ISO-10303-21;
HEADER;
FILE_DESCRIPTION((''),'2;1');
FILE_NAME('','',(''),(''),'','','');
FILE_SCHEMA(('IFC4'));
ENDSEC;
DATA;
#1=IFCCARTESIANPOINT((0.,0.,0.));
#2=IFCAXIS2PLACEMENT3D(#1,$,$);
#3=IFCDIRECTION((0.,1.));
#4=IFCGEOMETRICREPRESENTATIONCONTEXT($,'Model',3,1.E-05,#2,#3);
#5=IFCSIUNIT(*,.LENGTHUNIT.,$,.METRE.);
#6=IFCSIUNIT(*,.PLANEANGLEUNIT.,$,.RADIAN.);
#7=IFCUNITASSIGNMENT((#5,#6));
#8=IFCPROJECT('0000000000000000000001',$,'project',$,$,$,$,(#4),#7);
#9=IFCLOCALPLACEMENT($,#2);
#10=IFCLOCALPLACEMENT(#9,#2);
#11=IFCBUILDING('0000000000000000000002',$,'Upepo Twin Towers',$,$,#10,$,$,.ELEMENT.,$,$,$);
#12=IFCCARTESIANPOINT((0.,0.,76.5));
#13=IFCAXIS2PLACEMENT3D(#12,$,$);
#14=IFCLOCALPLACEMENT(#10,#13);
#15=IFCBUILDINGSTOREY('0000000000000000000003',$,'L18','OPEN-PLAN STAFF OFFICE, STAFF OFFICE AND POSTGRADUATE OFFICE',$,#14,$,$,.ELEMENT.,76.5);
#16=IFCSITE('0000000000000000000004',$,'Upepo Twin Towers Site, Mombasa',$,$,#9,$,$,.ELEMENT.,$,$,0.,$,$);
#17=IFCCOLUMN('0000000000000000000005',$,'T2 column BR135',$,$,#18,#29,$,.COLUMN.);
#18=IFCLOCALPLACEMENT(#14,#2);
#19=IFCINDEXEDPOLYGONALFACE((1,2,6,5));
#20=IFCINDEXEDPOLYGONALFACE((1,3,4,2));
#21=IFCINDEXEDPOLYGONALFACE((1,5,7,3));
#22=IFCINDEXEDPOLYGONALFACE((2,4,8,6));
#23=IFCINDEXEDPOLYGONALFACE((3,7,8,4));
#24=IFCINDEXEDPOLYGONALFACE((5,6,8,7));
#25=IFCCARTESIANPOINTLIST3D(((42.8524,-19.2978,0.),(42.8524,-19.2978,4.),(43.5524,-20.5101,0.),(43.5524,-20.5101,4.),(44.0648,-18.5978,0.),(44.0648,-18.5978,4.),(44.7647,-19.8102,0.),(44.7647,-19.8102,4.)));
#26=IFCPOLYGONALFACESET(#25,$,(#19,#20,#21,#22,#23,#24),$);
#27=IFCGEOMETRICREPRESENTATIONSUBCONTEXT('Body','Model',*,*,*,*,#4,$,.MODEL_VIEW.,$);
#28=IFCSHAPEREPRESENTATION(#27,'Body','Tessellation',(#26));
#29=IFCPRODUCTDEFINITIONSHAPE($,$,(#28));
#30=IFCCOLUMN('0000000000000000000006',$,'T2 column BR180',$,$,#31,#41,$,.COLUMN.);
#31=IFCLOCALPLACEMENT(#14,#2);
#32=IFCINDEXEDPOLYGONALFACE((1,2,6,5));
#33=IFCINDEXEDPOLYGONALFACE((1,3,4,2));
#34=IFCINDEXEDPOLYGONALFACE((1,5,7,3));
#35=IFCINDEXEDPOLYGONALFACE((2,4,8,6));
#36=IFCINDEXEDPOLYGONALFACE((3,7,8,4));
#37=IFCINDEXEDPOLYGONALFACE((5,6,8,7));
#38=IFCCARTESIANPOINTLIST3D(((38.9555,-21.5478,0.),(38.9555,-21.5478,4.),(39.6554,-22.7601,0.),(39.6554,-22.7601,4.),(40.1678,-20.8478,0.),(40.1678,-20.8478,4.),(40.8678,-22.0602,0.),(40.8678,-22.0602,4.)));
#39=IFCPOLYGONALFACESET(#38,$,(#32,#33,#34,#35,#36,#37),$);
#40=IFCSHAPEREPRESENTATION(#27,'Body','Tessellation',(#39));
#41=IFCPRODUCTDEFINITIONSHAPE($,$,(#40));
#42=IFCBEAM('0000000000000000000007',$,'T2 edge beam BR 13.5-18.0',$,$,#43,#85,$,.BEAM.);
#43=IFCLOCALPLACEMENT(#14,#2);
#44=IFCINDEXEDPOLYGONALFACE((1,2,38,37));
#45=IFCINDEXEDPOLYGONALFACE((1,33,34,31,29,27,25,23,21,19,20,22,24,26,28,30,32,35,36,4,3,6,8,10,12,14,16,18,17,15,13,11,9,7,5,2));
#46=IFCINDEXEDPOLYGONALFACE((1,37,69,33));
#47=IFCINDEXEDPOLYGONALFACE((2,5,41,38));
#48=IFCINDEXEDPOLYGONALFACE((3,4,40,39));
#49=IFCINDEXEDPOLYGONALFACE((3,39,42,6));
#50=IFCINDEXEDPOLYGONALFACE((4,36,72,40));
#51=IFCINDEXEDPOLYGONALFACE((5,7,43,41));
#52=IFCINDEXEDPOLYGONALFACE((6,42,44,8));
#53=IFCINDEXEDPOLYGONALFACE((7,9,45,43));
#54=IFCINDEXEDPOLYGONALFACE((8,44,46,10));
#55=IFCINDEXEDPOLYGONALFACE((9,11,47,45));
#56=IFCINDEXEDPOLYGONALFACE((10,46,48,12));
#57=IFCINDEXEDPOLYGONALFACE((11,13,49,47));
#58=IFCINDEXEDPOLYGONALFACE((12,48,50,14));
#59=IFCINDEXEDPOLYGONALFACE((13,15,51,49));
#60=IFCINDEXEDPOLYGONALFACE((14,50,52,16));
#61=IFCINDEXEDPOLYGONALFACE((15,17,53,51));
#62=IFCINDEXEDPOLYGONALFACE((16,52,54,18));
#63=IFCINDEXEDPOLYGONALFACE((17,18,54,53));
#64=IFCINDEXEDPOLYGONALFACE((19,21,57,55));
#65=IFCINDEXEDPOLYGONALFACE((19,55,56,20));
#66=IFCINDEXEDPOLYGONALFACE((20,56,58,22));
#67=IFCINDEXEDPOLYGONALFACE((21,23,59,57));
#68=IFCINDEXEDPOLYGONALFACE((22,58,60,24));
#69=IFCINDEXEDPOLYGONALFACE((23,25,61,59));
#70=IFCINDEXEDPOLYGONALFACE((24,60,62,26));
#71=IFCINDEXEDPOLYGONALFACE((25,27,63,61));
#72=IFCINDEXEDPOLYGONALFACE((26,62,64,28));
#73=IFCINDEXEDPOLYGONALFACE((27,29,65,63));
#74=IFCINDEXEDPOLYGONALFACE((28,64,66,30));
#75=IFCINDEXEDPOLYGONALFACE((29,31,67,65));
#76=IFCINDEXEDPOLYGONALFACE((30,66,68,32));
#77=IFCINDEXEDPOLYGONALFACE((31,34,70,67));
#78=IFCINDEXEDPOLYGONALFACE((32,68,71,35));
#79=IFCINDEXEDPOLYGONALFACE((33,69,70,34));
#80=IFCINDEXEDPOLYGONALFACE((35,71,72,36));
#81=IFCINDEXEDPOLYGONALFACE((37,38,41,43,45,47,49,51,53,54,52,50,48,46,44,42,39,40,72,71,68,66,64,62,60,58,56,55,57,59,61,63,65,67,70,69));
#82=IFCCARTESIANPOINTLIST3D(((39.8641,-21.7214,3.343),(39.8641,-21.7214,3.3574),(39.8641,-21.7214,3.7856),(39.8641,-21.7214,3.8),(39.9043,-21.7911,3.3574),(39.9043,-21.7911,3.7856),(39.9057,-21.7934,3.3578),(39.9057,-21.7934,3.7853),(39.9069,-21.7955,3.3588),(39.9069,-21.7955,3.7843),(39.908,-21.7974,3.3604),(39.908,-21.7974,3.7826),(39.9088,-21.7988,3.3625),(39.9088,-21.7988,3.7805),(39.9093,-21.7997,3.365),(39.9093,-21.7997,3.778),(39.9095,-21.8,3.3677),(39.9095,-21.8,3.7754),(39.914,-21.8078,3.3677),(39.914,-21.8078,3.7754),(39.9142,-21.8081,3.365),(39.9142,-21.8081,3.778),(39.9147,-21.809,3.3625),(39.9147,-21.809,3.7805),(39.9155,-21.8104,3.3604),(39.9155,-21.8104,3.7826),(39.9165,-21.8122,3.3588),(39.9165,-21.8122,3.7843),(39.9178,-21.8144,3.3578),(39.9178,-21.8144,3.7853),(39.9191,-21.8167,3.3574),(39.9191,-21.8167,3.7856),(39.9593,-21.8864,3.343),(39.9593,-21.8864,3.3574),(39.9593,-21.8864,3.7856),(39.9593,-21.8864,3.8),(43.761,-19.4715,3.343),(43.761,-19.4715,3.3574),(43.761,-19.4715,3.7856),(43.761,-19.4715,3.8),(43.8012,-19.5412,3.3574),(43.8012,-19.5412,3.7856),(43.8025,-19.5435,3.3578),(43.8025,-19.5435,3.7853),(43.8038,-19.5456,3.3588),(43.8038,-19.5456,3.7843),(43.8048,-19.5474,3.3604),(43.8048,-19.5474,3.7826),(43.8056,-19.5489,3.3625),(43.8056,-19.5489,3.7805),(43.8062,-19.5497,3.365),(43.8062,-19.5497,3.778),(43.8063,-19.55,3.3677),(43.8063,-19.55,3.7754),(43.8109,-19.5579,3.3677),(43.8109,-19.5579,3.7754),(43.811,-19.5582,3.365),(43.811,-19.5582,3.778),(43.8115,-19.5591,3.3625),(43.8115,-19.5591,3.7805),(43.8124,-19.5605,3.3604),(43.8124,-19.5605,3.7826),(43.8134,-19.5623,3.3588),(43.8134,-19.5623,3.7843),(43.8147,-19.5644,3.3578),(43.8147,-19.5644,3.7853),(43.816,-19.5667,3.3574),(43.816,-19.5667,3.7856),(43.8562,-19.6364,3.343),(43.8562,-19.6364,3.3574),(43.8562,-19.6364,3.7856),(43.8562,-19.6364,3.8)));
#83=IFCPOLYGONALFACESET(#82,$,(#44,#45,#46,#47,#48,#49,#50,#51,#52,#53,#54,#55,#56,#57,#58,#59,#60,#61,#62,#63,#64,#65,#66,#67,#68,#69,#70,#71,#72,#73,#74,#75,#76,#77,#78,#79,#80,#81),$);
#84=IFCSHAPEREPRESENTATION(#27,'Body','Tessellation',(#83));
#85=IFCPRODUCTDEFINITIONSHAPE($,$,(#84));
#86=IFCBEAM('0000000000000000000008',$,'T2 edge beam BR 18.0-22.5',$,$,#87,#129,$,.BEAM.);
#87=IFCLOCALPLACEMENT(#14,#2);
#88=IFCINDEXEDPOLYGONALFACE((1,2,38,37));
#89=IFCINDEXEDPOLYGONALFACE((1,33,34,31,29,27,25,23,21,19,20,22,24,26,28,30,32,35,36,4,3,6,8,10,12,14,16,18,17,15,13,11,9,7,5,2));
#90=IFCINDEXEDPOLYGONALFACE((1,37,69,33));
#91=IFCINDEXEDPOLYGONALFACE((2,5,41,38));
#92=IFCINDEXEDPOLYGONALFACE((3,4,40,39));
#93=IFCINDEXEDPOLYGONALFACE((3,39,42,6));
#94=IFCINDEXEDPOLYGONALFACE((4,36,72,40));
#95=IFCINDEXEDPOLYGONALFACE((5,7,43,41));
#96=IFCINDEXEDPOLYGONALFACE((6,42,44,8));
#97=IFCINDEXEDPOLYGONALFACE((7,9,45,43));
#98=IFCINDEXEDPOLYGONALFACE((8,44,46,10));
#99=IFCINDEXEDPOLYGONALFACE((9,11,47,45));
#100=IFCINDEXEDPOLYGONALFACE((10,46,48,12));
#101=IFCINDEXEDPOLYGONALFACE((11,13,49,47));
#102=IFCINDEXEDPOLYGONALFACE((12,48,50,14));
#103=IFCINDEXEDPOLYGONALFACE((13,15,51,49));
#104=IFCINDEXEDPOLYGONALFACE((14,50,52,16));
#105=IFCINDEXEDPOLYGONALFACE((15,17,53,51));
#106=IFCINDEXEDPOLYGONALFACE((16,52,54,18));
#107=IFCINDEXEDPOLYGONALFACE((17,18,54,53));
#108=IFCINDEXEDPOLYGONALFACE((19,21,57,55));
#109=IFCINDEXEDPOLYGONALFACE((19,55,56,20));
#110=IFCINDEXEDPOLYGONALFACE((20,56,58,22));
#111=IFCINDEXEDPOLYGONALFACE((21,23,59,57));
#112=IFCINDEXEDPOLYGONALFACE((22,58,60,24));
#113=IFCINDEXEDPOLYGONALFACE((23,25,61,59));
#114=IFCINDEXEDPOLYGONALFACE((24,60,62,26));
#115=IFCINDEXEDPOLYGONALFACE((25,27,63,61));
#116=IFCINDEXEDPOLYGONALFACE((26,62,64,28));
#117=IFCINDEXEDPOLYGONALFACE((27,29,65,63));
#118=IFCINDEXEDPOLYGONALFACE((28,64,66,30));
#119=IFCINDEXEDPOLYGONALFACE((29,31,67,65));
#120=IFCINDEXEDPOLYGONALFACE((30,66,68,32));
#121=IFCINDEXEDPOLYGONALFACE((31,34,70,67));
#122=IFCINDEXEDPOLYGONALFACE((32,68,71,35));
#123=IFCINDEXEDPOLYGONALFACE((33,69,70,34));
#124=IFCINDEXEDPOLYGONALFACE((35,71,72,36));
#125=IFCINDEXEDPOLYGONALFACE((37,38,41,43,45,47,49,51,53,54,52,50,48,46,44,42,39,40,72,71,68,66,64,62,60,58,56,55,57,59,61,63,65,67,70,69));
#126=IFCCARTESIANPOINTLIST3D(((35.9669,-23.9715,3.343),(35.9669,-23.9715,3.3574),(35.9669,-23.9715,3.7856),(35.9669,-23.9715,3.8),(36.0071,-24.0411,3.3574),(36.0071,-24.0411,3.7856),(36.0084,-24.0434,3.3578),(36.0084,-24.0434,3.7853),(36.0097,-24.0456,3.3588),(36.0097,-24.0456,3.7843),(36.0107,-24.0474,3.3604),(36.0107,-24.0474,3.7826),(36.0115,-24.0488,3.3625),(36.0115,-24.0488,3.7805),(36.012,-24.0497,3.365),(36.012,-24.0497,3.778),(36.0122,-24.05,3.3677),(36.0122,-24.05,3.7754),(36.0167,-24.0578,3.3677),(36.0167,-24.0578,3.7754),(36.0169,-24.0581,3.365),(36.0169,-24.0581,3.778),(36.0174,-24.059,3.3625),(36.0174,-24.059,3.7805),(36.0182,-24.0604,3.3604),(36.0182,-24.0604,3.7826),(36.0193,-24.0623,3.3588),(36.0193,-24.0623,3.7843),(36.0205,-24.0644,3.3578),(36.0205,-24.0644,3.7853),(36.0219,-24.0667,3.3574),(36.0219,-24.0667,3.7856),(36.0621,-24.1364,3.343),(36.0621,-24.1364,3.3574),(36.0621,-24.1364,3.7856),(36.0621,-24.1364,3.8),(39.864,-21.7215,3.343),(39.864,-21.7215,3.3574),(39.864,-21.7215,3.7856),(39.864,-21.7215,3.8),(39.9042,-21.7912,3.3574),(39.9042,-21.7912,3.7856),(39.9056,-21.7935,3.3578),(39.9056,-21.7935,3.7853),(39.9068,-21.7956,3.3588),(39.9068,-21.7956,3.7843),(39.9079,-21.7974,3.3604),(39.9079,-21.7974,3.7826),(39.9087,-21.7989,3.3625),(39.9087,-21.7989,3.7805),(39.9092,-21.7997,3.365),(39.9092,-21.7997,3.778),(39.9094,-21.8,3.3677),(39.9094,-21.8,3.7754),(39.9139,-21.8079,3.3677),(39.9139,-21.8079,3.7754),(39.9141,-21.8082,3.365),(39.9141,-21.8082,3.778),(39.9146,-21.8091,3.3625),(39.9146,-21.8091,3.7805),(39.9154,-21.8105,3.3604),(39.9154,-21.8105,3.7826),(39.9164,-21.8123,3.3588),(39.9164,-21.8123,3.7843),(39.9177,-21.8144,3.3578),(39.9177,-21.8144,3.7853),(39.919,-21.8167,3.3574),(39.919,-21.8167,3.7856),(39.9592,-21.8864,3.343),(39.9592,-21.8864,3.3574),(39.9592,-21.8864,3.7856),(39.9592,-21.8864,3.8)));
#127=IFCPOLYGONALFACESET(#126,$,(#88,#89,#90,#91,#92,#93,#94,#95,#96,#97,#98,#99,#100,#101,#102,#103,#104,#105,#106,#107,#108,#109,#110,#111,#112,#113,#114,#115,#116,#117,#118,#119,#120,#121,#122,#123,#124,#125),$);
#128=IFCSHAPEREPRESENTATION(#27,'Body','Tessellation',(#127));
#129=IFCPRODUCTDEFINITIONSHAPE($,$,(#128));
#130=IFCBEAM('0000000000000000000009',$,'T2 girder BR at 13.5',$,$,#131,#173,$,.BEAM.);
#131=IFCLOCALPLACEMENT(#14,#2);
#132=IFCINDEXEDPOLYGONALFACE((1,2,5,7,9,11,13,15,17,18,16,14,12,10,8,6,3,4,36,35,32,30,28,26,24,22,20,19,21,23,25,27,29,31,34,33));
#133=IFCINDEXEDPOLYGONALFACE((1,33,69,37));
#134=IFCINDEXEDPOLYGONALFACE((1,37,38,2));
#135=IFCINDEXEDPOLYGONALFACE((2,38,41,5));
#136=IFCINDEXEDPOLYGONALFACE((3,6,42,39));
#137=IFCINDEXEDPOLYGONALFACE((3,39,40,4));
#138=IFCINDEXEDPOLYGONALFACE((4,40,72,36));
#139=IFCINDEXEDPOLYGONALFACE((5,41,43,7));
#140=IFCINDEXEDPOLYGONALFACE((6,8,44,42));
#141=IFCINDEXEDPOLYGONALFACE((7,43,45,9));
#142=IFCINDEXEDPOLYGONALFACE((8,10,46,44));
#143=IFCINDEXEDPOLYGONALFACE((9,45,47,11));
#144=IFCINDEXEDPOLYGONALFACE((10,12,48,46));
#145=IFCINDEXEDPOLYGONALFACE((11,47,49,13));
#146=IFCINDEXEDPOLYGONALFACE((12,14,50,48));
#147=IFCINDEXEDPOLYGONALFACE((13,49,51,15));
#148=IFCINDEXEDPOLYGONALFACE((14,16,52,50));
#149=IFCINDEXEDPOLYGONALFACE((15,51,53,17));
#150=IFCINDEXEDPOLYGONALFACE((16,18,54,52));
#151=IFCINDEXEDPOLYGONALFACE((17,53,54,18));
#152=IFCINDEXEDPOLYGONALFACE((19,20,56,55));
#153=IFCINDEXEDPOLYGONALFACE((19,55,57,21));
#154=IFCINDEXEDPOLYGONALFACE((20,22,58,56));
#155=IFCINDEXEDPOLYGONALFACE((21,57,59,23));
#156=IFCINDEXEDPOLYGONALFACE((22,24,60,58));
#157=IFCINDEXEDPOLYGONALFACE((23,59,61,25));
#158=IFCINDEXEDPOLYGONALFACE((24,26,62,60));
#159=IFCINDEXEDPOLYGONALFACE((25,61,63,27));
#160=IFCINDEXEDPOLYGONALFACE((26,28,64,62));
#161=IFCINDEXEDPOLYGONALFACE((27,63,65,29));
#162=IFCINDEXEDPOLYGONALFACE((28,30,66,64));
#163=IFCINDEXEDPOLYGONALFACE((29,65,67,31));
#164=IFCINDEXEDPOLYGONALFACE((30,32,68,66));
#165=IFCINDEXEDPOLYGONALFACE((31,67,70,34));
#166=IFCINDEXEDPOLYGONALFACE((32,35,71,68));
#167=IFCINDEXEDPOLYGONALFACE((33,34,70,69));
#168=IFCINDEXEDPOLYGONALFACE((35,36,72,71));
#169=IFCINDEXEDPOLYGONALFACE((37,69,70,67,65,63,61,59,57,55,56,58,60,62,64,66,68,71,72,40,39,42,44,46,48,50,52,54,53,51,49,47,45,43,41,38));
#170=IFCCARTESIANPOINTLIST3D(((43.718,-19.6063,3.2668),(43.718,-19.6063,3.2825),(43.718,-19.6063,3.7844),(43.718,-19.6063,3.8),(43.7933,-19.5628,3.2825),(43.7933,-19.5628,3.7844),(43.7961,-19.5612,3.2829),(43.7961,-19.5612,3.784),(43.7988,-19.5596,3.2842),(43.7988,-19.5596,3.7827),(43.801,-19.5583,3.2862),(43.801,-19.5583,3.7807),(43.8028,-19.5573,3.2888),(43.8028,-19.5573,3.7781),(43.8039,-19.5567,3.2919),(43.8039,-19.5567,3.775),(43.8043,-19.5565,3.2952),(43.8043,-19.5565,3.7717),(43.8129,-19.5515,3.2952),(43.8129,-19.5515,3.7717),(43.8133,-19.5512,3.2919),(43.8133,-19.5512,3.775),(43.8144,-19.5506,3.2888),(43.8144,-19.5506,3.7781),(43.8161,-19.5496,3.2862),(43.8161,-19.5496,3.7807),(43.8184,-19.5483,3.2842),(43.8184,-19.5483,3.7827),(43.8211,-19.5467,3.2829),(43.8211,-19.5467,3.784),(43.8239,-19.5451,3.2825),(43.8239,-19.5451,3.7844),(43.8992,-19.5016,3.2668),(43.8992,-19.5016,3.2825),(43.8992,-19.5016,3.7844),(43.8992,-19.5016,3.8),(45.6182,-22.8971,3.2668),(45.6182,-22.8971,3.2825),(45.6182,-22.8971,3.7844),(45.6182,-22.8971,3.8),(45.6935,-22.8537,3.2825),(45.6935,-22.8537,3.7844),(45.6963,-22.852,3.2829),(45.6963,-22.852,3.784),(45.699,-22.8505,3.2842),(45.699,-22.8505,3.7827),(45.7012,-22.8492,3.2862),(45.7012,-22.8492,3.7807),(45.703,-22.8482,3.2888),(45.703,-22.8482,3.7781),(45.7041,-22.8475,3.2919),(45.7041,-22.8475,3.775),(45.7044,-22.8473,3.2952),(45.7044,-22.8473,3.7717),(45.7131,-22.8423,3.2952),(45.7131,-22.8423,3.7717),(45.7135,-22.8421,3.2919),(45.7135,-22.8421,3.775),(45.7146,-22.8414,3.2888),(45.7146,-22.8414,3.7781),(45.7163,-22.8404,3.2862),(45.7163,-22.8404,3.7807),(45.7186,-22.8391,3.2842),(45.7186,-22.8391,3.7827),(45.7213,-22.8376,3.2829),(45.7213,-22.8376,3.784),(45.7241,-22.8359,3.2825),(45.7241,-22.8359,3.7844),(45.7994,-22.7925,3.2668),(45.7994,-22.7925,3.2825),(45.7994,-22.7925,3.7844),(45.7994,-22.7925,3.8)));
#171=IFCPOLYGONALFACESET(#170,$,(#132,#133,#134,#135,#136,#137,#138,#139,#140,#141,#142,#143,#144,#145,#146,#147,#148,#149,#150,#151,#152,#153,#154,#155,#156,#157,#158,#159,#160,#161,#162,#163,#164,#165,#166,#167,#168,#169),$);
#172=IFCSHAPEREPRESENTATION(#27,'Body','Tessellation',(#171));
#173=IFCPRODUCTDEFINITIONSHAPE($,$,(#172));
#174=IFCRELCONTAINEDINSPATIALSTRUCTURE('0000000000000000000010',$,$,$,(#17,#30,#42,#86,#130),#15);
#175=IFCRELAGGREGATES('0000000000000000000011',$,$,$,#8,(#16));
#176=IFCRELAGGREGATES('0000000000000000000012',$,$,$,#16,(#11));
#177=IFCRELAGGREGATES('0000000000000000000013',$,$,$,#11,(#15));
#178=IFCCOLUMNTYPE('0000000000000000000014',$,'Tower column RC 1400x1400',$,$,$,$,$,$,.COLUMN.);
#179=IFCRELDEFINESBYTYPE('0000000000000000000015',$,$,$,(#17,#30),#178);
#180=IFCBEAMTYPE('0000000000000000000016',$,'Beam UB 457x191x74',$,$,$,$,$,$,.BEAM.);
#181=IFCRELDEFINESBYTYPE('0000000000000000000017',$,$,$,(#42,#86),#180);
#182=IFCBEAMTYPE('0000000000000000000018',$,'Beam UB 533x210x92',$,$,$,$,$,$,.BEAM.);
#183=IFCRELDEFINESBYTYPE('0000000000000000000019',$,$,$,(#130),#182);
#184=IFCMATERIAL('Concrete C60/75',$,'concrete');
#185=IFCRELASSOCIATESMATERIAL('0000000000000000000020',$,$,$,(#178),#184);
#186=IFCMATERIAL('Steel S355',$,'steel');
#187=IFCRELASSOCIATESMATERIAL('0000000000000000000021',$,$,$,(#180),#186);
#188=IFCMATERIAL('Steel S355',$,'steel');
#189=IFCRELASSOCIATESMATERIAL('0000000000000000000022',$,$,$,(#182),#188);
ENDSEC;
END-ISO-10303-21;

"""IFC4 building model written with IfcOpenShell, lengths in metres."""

from ifc_helpers import new_model, si_unit, direction, frame, origin, origin_2d, place, context, subcontext, project, spatial, rectangle, i_section, extrude, material, material_profile, profile_set, type_object, element, save


model = new_model("IFC4")

# Units and contexts
model_context = context("Model", 3, precision=1e-05, world=origin(), true_north=direction((0.0, 1.0)))
body_context = subcontext(model_context, "Body", "Model", "MODEL_VIEW")
ifc_project = project(units=[si_unit("LENGTHUNIT", "METRE"), si_unit("PLANEANGLEUNIT", "RADIAN")], contexts=[model_context])

# Site, building, storey
site_placement = place(None, origin())
site = spatial("IfcSite", under=ifc_project, at=site_placement, Name="Upepo Twin Towers Site, Mombasa", CompositionType="ELEMENT", RefElevation=0.0)
building_placement = place(site_placement, origin())
building = spatial("IfcBuilding", under=site, at=building_placement, Name="Upepo Twin Towers", CompositionType="ELEMENT")
storey_placement = place(building_placement, frame((0.0, 0.0, 76.5)))
storey = spatial("IfcBuildingStorey", under=building, at=storey_placement, Name="L18", Description="OPEN-PLAN STAFF OFFICE, STAFF OFFICE AND POSTGRADUATE OFFICE", CompositionType="ELEMENT", Elevation=76.5)

# Columns
ifc_material_1 = material(Name="Concrete C60/75", Category="concrete")
ifc_material_profile_1 = material_profile(ifc_material_1, rectangle(XDim=1.3999, YDim=1.3999, at=origin_2d()), Name="RC 1400x1400")
ifc_profile_set_1 = profile_set([ifc_material_profile_1], Name="Concrete C60/75")
column_type = type_object("IfcColumnType", Name="Tower column RC 1400x1400", PredefinedType="COLUMN", material=ifc_profile_set_1)
for number, where, z_axis, x_axis, name in (
    (1, (43.8086, -19.554, 0.0), (0.0, 0.0, 1.0), (0.866025, 0.5, 0.0), "T2 column BR135"),
    (2, (39.9116, -21.804, 0.0), (0.0, 0.0, 1.0), (0.866025, 0.5, 0.0), "T2 column BR180"),
):
    element("IfcColumn", number, at=place(storey_placement, frame(where, z_axis=z_axis, x_axis=x_axis)), inside=storey, type_object=column_type, Name=name, PredefinedType="COLUMN", context=body_context, shape_type="SweptSolid", body=[
        extrude(rectangle(XDim=1.3999, YDim=1.3999, at=origin_2d()), origin(), (0.0, 0.0, 1.0), 4.0),
    ])

# Beams
ifc_material_2 = material(Name="Steel S355", Category="steel")
ifc_material_profile_2 = material_profile(ifc_material_2, i_section(OverallWidth=0.1904, OverallDepth=0.457, WebThickness=0.009, FlangeThickness=0.0144, FilletRadius=0.0103, at=origin_2d()), Name="UB 457x191x74")
ifc_profile_set_2 = profile_set([ifc_material_profile_2], Name="Steel S355")
beam_type_1 = type_object("IfcBeamType", Name="Beam UB 457x191x74", PredefinedType="BEAM", material=ifc_profile_set_2)
beam_1_placement = place(storey_placement, frame((43.8086, -19.554, 3.5715), z_axis=(-0.866018, -0.500014, 0.0), x_axis=(0.500014, -0.866018, 0.0)))
element("IfcBeam", 3, at=beam_1_placement, inside=storey, type_object=beam_type_1, Name="T2 edge beam BR 13.5-18.0", PredefinedType="BEAM", context=body_context, shape_type="SweptSolid", body=[
    extrude(i_section(OverallWidth=0.1904, OverallDepth=0.457, WebThickness=0.009, FlangeThickness=0.0144, FilletRadius=0.0103, at=origin_2d()), origin(), (0.0, 0.0, 1.0), 4.4998),
])
beam_2_placement = place(storey_placement, frame((39.9116, -21.804, 3.5715), z_axis=(-0.866031, -0.49999, 0.0), x_axis=(0.49999, -0.866031, 0.0)))
element("IfcBeam", 4, at=beam_2_placement, inside=storey, type_object=beam_type_1, Name="T2 edge beam BR 18.0-22.5", PredefinedType="BEAM", context=body_context, shape_type="SweptSolid", body=[
    extrude(i_section(OverallWidth=0.1904, OverallDepth=0.457, WebThickness=0.009, FlangeThickness=0.0144, FilletRadius=0.0103, at=origin_2d()), origin(), (0.0, 0.0, 1.0), 4.5),
])
ifc_material_3 = material(Name="Steel S355", Category="steel")
ifc_material_profile_3 = material_profile(ifc_material_3, i_section(OverallWidth=0.2092, OverallDepth=0.5332, WebThickness=0.01, FlangeThickness=0.0156, FilletRadius=0.0127, at=origin_2d()), Name="UB 533x210x92")
ifc_profile_set_3 = profile_set([ifc_material_profile_3], Name="Steel S355")
beam_type_2 = type_object("IfcBeamType", Name="Beam UB 533x210x92", PredefinedType="BEAM", material=ifc_profile_set_3)
beam_3_placement = place(storey_placement, frame((43.8086, -19.554, 3.5334), z_axis=(0.500043, -0.866, 0.0), x_axis=(0.866, 0.500043, 0.0)))
element("IfcBeam", 5, at=beam_3_placement, inside=storey, type_object=beam_type_2, Name="T2 girder BR at 13.5", PredefinedType="BEAM", context=body_context, shape_type="SweptSolid", body=[
    extrude(i_section(OverallWidth=0.2092, OverallDepth=0.5332, WebThickness=0.01, FlangeThickness=0.0156, FilletRadius=0.0127, at=origin_2d()), origin(), (0.0, 0.0, 1.0), 3.8),
])

save(model, "model.ifc")
